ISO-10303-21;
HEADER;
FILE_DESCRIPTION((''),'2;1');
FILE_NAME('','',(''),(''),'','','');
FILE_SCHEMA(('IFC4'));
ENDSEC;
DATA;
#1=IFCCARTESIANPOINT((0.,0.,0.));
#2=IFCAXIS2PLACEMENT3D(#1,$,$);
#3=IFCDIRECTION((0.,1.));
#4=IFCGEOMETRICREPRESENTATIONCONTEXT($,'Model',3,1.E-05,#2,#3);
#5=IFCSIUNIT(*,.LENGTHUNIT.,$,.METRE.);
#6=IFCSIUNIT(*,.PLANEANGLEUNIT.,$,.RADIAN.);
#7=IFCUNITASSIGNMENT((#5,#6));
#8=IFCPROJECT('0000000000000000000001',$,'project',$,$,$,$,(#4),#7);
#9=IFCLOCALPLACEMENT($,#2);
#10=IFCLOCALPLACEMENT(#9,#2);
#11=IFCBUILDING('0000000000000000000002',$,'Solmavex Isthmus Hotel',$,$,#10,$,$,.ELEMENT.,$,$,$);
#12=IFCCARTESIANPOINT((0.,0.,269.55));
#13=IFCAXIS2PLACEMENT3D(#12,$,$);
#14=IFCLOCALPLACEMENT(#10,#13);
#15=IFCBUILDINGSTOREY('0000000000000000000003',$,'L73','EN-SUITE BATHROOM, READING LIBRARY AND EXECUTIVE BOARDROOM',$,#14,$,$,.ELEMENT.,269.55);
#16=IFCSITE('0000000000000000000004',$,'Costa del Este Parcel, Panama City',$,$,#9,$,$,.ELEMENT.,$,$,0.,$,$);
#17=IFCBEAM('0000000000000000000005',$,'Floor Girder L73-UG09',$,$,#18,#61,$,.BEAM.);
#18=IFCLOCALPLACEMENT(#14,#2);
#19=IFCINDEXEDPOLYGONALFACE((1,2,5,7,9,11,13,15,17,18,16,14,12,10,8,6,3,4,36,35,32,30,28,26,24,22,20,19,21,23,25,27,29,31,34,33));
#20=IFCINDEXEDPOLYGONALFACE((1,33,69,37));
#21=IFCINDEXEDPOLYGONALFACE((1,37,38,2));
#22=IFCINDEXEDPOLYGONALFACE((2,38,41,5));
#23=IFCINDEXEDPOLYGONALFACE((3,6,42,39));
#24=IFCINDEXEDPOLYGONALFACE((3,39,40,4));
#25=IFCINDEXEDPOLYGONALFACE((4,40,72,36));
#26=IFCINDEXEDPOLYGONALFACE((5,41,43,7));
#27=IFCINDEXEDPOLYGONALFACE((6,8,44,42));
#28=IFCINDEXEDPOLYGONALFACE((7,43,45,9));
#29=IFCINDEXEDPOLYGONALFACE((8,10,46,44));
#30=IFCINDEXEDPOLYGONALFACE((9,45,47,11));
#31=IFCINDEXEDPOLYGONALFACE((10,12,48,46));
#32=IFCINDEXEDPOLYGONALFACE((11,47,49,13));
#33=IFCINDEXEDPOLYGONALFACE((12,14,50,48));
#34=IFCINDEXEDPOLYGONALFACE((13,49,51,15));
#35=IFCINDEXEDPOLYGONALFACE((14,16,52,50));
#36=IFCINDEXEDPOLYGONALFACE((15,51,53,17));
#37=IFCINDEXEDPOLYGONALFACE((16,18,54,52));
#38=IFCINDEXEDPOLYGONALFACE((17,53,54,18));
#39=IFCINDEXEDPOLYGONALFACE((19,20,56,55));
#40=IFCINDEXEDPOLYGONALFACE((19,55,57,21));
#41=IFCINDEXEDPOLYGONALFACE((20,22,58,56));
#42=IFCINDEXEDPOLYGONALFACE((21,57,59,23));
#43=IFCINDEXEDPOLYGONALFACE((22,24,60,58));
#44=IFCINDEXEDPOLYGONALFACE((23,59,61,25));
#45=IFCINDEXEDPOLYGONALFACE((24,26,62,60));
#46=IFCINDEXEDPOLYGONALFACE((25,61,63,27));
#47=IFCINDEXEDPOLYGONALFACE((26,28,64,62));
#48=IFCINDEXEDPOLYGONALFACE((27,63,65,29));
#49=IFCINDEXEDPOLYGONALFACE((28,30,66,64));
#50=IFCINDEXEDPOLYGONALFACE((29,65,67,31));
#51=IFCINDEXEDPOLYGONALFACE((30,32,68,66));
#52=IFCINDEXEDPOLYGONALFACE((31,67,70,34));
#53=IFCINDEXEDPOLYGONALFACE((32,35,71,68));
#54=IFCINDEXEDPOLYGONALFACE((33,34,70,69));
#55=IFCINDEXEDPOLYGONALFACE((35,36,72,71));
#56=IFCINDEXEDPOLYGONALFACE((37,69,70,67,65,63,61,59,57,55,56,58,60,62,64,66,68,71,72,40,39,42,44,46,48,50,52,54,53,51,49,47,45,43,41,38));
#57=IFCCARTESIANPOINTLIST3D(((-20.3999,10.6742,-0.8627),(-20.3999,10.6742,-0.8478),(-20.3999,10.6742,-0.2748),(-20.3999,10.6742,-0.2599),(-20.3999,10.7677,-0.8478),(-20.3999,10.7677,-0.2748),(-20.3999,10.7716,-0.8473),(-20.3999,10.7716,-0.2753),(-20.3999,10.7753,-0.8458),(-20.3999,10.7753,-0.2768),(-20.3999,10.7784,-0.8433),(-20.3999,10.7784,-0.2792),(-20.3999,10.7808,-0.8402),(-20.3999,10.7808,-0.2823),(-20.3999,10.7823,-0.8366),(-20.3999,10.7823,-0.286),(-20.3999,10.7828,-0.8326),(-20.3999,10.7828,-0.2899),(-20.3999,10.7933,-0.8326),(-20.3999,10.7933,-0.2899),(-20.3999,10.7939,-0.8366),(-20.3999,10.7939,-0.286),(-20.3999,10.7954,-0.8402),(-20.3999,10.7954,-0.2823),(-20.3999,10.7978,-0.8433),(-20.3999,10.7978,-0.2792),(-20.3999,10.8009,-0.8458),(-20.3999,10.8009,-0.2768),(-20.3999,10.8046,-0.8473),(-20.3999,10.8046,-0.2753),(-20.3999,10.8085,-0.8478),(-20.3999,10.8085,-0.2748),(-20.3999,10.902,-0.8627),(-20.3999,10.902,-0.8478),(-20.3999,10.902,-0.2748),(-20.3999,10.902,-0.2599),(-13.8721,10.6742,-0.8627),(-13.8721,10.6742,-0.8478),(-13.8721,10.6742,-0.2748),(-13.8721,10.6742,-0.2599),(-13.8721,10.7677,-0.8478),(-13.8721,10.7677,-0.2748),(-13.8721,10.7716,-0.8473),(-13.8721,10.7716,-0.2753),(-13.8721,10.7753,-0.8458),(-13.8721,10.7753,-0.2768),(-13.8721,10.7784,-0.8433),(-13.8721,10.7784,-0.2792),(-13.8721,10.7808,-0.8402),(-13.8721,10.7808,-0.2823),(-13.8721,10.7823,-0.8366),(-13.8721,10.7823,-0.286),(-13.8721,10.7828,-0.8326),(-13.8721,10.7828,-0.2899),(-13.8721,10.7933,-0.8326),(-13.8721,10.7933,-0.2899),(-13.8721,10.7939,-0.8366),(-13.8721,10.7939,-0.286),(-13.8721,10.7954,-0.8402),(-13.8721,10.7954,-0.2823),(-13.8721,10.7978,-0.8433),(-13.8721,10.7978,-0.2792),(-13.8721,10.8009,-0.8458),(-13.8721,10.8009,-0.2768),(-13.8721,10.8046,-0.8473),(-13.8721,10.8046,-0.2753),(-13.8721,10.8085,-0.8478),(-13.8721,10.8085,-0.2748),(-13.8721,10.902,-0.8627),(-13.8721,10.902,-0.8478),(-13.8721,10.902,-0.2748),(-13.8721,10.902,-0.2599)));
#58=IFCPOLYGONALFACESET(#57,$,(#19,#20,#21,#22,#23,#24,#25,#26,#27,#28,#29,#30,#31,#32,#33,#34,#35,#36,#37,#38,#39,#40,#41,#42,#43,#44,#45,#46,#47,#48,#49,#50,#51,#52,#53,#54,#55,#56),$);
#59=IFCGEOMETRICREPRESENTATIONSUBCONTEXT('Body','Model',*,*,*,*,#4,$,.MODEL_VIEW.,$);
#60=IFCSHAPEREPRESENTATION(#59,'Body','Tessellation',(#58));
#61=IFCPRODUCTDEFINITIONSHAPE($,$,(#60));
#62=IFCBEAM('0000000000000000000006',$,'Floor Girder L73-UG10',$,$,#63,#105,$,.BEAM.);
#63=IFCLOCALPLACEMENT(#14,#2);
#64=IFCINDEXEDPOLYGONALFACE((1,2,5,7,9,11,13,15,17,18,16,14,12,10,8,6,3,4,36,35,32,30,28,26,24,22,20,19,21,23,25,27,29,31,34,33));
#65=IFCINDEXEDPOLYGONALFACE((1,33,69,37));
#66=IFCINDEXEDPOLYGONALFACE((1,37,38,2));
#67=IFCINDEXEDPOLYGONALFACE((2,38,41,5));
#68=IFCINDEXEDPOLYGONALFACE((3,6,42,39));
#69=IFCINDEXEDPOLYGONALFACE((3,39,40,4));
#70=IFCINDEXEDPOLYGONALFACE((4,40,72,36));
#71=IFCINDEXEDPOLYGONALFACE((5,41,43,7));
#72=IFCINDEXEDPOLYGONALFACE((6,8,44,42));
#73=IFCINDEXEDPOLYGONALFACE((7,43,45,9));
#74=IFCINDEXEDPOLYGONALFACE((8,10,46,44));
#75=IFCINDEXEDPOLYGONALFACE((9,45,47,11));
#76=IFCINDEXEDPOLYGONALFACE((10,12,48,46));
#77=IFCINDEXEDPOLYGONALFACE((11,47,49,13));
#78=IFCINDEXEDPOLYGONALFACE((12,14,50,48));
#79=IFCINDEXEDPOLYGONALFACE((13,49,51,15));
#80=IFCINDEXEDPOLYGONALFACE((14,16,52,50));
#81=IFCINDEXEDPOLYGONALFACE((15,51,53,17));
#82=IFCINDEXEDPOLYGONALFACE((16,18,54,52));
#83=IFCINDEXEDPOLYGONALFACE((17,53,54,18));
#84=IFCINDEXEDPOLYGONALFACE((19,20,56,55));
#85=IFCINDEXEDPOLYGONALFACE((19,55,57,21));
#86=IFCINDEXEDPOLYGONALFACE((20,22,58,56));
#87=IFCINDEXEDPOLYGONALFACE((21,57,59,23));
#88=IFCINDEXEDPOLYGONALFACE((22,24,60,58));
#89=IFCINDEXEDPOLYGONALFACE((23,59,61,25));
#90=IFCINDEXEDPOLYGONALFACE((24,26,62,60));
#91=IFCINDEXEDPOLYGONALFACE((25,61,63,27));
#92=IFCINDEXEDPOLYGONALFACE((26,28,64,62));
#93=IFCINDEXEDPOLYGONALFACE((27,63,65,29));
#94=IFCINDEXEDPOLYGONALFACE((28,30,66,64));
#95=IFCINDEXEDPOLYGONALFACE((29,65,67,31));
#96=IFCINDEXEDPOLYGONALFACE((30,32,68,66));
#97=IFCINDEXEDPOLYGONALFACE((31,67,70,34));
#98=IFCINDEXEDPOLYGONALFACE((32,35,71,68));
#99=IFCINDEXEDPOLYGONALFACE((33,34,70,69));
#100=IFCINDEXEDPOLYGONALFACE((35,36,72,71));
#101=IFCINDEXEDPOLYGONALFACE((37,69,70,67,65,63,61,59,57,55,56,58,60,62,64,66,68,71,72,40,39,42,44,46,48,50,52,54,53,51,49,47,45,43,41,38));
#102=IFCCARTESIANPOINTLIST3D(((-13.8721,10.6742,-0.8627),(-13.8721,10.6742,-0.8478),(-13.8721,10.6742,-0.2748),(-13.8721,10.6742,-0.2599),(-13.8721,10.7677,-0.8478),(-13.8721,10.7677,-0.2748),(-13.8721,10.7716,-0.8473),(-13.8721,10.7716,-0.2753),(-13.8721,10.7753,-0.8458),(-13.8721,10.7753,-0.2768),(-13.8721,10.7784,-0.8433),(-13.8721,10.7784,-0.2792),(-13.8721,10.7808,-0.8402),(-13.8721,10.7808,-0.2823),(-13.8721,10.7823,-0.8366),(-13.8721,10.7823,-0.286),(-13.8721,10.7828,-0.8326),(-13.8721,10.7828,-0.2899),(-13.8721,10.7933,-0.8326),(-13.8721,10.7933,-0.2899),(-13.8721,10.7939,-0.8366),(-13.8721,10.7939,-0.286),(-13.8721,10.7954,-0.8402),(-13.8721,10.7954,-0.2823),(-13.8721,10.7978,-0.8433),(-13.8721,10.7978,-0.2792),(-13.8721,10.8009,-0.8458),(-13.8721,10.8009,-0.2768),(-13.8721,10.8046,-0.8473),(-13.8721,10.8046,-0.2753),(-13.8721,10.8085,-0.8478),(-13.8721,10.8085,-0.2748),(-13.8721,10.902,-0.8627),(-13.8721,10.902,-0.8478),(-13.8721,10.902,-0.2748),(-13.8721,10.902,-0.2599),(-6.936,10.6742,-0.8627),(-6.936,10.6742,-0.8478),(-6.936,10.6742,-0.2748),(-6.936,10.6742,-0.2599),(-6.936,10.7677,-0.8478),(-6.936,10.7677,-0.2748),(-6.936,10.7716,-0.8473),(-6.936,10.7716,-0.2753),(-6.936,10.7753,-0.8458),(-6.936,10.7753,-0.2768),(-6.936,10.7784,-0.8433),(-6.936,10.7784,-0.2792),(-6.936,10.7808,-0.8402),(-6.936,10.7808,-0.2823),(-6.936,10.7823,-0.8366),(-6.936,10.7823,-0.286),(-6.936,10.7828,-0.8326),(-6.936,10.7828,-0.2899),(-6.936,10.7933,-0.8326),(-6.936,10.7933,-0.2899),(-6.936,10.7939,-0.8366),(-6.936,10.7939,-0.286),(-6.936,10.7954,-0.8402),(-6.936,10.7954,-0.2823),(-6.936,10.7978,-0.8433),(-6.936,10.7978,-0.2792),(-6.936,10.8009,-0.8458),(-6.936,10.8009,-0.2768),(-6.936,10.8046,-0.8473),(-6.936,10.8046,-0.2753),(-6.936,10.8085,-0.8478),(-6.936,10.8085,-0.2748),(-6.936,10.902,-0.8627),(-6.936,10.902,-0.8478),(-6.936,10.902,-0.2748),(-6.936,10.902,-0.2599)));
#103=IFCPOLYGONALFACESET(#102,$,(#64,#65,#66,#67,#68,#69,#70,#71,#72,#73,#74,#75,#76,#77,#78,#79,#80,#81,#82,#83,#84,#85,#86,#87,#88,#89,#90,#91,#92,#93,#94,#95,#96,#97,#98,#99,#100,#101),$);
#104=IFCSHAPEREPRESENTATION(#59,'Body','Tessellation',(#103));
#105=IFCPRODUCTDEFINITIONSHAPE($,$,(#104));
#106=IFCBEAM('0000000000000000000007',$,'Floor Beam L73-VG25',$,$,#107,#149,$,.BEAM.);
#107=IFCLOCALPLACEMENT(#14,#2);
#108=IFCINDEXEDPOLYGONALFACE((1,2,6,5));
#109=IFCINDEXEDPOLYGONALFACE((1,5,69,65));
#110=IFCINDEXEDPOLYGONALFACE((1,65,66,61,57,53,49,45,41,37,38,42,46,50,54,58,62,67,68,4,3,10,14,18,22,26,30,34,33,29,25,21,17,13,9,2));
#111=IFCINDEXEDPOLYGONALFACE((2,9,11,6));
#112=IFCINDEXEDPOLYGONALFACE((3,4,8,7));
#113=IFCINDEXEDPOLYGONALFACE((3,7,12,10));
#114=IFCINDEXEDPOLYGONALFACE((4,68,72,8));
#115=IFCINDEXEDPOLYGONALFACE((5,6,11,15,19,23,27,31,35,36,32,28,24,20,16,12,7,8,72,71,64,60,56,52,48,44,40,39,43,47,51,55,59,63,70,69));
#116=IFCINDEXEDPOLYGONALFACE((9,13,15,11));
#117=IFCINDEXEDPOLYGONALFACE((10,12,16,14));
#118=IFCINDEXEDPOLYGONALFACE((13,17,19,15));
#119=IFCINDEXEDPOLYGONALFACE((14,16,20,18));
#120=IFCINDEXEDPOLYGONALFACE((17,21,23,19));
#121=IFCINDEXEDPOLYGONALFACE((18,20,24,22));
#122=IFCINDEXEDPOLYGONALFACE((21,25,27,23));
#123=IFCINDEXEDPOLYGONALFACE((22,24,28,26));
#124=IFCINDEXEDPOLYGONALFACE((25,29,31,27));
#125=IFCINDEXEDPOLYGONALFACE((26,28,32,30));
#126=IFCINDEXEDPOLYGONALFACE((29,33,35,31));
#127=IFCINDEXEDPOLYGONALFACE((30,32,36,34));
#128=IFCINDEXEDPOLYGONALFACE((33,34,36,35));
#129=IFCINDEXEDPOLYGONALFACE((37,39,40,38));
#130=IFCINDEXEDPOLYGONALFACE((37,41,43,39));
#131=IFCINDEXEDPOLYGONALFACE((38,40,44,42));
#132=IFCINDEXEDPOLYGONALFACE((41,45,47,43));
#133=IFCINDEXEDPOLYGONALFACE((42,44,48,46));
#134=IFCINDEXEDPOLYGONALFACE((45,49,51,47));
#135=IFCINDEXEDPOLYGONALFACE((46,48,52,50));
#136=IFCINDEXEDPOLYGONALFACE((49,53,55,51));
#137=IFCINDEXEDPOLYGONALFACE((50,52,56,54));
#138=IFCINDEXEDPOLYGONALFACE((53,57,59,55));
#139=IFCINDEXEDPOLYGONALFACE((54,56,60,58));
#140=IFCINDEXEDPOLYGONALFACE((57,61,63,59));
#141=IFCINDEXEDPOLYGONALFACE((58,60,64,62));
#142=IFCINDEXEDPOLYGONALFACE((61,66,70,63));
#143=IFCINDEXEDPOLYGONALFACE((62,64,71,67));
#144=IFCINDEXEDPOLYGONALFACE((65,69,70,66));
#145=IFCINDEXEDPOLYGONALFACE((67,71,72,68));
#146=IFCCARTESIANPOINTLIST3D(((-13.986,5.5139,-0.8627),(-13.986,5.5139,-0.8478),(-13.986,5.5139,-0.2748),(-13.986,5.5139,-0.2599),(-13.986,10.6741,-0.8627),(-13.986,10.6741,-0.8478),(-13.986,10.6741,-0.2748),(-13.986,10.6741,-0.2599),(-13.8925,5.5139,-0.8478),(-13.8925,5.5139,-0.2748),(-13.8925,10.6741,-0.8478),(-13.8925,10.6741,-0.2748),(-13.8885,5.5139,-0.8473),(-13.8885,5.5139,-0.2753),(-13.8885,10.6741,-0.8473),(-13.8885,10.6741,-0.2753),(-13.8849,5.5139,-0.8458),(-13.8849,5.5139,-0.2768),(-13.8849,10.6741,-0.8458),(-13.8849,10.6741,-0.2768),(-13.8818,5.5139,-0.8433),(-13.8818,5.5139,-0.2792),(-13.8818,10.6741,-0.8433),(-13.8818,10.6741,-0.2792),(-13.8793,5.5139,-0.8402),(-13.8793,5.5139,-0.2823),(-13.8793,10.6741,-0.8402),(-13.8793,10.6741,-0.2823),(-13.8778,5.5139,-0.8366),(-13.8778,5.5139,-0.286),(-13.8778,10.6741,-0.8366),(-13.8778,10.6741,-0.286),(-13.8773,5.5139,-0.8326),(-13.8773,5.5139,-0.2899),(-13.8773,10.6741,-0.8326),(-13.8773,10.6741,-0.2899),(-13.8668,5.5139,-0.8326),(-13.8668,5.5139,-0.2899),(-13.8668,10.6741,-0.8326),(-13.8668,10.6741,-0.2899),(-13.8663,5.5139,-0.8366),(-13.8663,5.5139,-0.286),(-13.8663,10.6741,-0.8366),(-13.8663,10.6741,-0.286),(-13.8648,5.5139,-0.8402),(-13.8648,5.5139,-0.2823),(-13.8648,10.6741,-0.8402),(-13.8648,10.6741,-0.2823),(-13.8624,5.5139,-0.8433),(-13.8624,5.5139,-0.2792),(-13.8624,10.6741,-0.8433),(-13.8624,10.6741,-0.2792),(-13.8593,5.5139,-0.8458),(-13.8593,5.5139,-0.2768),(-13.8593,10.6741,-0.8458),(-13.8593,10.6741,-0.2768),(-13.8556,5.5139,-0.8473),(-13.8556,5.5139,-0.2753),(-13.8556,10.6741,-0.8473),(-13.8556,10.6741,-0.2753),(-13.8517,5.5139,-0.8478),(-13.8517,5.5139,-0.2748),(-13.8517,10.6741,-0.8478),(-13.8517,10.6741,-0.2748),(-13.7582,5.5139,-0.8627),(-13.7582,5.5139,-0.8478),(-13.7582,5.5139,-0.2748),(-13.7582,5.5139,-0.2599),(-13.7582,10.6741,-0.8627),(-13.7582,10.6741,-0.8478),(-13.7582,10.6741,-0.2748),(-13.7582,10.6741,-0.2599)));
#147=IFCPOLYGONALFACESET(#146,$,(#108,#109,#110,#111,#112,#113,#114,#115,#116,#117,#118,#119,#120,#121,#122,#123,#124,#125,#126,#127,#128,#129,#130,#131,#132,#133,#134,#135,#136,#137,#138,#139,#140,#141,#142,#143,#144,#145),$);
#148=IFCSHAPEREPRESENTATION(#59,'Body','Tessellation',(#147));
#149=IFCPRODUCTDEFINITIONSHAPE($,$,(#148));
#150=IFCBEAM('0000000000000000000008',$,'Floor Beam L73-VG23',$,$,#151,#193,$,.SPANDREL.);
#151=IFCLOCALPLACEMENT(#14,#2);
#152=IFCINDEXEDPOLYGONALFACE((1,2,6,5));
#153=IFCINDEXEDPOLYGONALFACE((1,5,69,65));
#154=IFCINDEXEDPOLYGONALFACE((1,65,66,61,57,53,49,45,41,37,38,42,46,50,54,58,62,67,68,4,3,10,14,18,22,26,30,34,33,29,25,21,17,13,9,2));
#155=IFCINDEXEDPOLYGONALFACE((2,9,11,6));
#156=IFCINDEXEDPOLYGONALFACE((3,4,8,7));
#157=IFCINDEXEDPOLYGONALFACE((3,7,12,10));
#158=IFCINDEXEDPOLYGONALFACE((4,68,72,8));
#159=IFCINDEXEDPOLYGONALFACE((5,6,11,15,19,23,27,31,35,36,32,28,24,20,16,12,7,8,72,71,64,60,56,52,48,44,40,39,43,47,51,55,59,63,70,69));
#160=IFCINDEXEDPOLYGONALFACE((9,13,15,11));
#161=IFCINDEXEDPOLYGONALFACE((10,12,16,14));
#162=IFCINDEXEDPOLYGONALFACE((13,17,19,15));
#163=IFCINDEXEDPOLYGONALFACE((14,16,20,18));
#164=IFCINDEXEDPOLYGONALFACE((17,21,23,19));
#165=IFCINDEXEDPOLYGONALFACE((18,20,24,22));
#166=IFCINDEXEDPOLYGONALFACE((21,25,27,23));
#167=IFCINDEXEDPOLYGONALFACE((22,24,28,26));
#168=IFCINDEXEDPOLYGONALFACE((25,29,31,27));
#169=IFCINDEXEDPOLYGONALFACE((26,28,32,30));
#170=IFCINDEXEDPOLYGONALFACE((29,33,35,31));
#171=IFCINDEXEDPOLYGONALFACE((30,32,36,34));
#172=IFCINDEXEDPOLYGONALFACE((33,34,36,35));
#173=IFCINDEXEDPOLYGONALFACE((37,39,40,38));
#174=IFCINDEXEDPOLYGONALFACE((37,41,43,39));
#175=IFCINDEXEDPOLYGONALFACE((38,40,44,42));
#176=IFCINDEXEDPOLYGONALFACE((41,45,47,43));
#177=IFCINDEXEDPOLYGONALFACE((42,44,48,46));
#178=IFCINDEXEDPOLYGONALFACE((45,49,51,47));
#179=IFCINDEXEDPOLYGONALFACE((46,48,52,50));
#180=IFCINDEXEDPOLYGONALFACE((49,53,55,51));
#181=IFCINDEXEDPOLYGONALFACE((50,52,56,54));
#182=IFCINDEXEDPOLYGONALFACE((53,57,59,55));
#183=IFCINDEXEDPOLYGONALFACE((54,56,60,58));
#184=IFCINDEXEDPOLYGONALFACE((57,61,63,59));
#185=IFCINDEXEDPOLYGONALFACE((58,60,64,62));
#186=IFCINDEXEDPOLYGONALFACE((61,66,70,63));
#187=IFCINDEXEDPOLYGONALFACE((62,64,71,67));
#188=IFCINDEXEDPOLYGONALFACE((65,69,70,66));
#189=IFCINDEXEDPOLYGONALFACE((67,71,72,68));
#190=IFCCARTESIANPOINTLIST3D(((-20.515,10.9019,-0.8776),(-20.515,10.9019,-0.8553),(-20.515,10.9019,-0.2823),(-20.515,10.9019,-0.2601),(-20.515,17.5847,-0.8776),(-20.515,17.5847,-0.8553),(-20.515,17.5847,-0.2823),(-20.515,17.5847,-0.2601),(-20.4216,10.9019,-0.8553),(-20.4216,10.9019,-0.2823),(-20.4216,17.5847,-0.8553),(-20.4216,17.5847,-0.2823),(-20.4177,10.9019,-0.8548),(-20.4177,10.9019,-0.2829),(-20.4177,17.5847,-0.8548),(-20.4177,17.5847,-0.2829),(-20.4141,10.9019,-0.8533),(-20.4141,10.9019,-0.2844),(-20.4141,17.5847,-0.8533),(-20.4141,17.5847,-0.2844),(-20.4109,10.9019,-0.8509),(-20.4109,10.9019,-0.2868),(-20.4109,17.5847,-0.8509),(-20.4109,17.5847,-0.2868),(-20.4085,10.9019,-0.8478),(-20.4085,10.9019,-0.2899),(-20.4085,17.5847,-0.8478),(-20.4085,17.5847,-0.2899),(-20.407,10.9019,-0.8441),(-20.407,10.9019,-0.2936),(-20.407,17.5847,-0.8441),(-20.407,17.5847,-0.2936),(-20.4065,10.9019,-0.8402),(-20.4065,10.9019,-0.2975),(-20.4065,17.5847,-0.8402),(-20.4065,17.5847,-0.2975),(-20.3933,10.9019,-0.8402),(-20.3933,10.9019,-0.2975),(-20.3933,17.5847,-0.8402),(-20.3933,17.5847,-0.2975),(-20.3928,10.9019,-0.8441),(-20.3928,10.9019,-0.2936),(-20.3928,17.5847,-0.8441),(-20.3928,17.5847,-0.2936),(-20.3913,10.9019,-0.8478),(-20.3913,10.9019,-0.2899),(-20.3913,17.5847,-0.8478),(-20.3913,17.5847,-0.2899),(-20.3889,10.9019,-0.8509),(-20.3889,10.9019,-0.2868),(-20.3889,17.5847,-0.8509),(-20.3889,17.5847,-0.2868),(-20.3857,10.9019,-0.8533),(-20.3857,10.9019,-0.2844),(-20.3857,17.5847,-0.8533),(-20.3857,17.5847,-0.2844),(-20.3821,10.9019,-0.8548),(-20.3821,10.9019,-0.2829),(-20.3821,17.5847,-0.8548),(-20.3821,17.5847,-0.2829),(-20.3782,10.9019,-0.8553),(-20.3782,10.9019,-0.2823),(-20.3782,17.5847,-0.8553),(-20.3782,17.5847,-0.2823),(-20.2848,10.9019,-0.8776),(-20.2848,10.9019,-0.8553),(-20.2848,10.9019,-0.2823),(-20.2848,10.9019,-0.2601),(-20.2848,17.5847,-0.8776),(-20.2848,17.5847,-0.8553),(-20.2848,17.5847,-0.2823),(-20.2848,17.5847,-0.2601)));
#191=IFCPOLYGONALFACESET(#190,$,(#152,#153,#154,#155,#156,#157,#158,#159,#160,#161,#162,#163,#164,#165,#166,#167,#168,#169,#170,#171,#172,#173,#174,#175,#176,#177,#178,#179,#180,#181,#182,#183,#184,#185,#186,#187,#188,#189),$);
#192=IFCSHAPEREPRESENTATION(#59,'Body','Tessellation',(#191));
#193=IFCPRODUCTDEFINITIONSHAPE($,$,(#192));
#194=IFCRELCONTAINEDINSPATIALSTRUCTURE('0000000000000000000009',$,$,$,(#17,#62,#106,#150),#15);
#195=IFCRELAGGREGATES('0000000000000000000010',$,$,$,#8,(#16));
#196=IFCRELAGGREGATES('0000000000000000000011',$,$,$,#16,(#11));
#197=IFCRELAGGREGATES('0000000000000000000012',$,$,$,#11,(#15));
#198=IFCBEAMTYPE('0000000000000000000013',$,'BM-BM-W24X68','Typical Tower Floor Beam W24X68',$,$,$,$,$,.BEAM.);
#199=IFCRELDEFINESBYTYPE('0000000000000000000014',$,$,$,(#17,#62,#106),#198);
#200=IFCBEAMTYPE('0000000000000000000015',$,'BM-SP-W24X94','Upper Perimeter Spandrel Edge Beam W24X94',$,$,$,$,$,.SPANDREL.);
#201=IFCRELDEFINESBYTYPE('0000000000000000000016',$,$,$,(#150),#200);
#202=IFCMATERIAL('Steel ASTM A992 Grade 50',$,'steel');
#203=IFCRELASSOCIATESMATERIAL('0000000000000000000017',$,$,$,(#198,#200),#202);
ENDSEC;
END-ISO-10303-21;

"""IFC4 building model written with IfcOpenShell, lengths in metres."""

from ifc_helpers import new_model, si_unit, direction, frame, origin, origin_2d, place, context, subcontext, project, spatial, i_section, extrude, material, material_profile, profile_set, type_object, element, save


model = new_model("IFC4")

# Units and contexts
model_context = context("Model", 3, precision=1e-05, world=origin(), true_north=direction((0.0, 1.0)))
body_context = subcontext(model_context, "Body", "Model", "MODEL_VIEW")
ifc_project = project(units=[si_unit("LENGTHUNIT", "METRE"), si_unit("PLANEANGLEUNIT", "RADIAN")], contexts=[model_context])

# Site, building, storey
site_placement = place(None, origin())
site = spatial("IfcSite", under=ifc_project, at=site_placement, Name="Costa del Este Parcel, Panama City", CompositionType="ELEMENT", RefElevation=0.0)
building_placement = place(site_placement, origin())
building = spatial("IfcBuilding", under=site, at=building_placement, Name="Solmavex Isthmus Hotel", CompositionType="ELEMENT")
storey_placement = place(building_placement, frame((0.0, 0.0, 269.55)))
storey = spatial("IfcBuildingStorey", under=building, at=storey_placement, Name="L73", Description="EN-SUITE BATHROOM, READING LIBRARY AND EXECUTIVE BOARDROOM", CompositionType="ELEMENT", Elevation=269.55)

# Beams
ifc_material_1 = material(Name="Steel ASTM A992 Grade 50", Category="steel")
ifc_material_profile_1 = material_profile(ifc_material_1, i_section(OverallWidth=0.2278, OverallDepth=0.6028, WebThickness=0.0105, FlangeThickness=0.0149, FilletRadius=0.0151, at=origin_2d()), Name="W24X68")
ifc_profile_set_1 = profile_set([ifc_material_profile_1], Name="Steel ASTM A992 Grade 50")
beam_type_1 = type_object("IfcBeamType", Name="BM-BM-W24X68", Description="Typical Tower Floor Beam W24X68", PredefinedType="BEAM", material=ifc_profile_set_1)
beam_1_placement = place(storey_placement, frame((-20.3999, 10.7881, -0.5613), z_axis=(1.0, 0.0, 0.0), x_axis=(0.0, 1.0, 0.0)))
element("IfcBeam", 1, at=beam_1_placement, inside=storey, type_object=beam_type_1, Name="Floor Girder L73-UG09", PredefinedType="BEAM", context=body_context, shape_type="SweptSolid", body=[
    extrude(i_section(OverallWidth=0.2278, OverallDepth=0.6028, WebThickness=0.0105, FlangeThickness=0.0149, FilletRadius=0.0151, at=origin_2d()), origin(), (0.0, 0.0, 1.0), 6.5278),
])
beam_2_placement = place(storey_placement, frame((-13.8721, 10.7881, -0.5613), z_axis=(1.0, 0.0, 0.0), x_axis=(0.0, 1.0, 0.0)))
element("IfcBeam", 2, at=beam_2_placement, inside=storey, type_object=beam_type_1, Name="Floor Girder L73-UG10", PredefinedType="BEAM", context=body_context, shape_type="SweptSolid", body=[
    extrude(i_section(OverallWidth=0.2278, OverallDepth=0.6028, WebThickness=0.0105, FlangeThickness=0.0149, FilletRadius=0.0151, at=origin_2d()), origin(), (0.0, 0.0, 1.0), 6.936),
])
beam_3_placement = place(storey_placement, frame((-13.8721, 5.5139, -0.5613), z_axis=(0.0, 1.0, 0.0), x_axis=(-1.0, 0.0, 0.0)))
element("IfcBeam", 3, at=beam_3_placement, inside=storey, type_object=beam_type_1, Name="Floor Beam L73-VG25", PredefinedType="BEAM", context=body_context, shape_type="SweptSolid", body=[
    extrude(i_section(OverallWidth=0.2278, OverallDepth=0.6028, WebThickness=0.0105, FlangeThickness=0.0149, FilletRadius=0.0151, at=origin_2d()), origin(), (0.0, 0.0, 1.0), 5.1602),
])
ifc_material_profile_2 = material_profile(ifc_material_1, i_section(OverallWidth=0.2302, OverallDepth=0.6174, WebThickness=0.0132, FlangeThickness=0.0222, FilletRadius=0.0151, at=origin_2d()), Name="W24X94")
ifc_profile_set_2 = profile_set([ifc_material_profile_2], Name="Steel ASTM A992 Grade 50")
beam_type_2 = type_object("IfcBeamType", Name="BM-SP-W24X94", Description="Upper Perimeter Spandrel Edge Beam W24X94", PredefinedType="SPANDREL", material=ifc_profile_set_2)
beam_4_placement = place(storey_placement, frame((-20.3999, 10.9019, -0.5688), z_axis=(0.0, 1.0, 0.0), x_axis=(-1.0, 0.0, 0.0)))
element("IfcBeam", 4, at=beam_4_placement, inside=storey, type_object=beam_type_2, Name="Floor Beam L73-VG23", PredefinedType="SPANDREL", context=body_context, shape_type="SweptSolid", body=[
    extrude(i_section(OverallWidth=0.2302, OverallDepth=0.6174, WebThickness=0.0132, FlangeThickness=0.0222, FilletRadius=0.0151, at=origin_2d()), origin(), (0.0, 0.0, 1.0), 6.6829),
])

save(model, "model.ifc")
